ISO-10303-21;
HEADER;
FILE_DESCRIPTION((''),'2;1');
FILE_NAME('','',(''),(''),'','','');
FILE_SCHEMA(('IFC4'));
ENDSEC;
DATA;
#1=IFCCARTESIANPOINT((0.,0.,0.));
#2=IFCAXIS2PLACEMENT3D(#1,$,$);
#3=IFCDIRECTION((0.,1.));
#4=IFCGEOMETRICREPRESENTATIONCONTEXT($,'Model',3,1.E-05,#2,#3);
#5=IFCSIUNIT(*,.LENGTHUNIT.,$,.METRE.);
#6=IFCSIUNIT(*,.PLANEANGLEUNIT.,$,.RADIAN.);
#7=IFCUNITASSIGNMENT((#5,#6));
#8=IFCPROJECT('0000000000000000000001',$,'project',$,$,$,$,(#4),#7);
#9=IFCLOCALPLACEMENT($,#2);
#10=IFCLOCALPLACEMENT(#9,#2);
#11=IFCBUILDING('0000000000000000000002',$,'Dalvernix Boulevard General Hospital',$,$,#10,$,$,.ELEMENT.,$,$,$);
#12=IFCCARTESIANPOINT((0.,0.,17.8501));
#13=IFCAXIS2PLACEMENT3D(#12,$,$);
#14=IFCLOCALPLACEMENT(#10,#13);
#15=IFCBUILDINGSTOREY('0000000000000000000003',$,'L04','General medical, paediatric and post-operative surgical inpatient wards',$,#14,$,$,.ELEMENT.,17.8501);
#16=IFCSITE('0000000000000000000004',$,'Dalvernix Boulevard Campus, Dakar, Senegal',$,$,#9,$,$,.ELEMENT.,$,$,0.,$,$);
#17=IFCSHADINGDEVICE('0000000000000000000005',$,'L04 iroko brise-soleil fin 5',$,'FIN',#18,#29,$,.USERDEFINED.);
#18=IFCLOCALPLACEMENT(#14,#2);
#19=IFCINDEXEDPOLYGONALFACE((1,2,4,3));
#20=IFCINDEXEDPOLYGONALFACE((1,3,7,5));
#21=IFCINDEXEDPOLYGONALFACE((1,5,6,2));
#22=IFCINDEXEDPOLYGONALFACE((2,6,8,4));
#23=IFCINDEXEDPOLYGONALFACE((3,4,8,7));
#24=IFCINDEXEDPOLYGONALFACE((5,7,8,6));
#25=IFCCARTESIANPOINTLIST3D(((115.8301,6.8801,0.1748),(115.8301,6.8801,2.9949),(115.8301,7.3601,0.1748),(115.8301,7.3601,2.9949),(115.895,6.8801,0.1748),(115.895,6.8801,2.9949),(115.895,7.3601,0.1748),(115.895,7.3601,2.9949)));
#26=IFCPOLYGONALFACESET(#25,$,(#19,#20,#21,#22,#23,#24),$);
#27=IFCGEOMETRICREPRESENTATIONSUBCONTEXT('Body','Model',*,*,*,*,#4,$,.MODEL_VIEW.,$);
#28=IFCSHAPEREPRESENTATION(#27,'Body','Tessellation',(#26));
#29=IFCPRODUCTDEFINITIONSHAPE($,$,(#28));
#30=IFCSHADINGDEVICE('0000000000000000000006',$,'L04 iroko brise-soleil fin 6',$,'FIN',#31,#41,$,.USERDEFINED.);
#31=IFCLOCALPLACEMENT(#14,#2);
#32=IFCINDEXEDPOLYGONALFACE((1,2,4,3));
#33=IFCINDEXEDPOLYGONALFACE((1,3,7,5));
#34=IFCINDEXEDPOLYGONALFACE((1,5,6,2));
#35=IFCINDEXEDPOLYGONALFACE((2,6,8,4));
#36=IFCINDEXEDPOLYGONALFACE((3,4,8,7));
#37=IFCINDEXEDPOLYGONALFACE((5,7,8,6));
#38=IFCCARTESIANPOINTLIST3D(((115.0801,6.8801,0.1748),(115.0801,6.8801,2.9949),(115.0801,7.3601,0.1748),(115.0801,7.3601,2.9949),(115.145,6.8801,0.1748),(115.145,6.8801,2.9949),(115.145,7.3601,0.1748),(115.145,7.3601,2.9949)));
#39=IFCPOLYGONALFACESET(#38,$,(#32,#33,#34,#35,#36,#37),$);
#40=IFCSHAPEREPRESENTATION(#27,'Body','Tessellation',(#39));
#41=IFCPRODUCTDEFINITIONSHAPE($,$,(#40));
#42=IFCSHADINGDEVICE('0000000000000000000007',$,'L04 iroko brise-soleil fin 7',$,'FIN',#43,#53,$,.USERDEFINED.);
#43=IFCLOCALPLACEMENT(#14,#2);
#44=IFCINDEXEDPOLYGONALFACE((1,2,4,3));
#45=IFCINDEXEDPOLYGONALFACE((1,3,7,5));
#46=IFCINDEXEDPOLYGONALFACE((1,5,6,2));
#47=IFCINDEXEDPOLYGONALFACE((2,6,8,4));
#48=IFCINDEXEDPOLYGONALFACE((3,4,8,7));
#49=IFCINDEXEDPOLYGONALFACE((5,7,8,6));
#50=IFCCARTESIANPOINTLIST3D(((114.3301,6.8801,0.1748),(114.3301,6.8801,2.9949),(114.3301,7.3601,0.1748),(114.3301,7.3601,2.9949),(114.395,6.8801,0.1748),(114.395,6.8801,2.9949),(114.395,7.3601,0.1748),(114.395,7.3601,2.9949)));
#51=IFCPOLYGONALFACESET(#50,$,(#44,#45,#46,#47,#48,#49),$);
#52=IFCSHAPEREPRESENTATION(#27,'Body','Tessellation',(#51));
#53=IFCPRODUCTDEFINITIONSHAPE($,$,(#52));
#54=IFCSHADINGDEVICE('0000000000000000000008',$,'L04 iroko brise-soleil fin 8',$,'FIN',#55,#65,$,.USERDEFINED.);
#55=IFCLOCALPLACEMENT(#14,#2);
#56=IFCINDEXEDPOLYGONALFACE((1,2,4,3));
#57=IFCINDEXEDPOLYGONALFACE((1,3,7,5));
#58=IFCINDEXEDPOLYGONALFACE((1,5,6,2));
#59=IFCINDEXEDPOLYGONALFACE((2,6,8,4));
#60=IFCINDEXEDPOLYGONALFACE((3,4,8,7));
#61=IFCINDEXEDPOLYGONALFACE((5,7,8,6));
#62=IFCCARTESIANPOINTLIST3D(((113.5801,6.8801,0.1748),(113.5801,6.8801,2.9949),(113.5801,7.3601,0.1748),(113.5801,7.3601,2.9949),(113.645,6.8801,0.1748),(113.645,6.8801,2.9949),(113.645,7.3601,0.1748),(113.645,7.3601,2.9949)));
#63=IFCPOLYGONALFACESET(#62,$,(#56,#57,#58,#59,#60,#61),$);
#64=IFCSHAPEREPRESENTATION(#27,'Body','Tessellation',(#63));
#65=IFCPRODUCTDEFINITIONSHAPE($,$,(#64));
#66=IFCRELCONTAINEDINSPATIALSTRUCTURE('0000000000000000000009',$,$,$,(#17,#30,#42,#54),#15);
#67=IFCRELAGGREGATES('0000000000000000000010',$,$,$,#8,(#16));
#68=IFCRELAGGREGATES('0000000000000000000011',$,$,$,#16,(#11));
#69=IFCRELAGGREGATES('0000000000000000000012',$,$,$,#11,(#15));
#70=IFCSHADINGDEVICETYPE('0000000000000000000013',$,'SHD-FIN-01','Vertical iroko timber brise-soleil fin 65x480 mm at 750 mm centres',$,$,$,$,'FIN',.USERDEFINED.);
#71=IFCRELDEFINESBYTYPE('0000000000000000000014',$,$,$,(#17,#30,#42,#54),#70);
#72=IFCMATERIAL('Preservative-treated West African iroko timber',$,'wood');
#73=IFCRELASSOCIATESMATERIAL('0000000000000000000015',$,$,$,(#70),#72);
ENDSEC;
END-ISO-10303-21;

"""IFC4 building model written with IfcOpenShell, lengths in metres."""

from ifc_helpers import new_model, si_unit, direction, frame, origin, origin_2d, place, context, subcontext, project, spatial, rectangle, extrude, material, type_object, element, save


model = new_model("IFC4")

# Units and contexts
model_context = context("Model", 3, precision=1e-05, world=origin(), true_north=direction((0.0, 1.0)))
body_context = subcontext(model_context, "Body", "Model", "MODEL_VIEW")
ifc_project = project(units=[si_unit("LENGTHUNIT", "METRE"), si_unit("PLANEANGLEUNIT", "RADIAN")], contexts=[model_context])

# Site, building, storey
site_placement = place(None, origin())
site = spatial("IfcSite", under=ifc_project, at=site_placement, Name="Dalvernix Boulevard Campus, Dakar, Senegal", CompositionType="ELEMENT", RefElevation=0.0)
building_placement = place(site_placement, origin())
building = spatial("IfcBuilding", under=site, at=building_placement, Name="Dalvernix Boulevard General Hospital", CompositionType="ELEMENT")
storey_placement = place(building_placement, frame((0.0, 0.0, 17.8501)))
storey = spatial("IfcBuildingStorey", under=building, at=storey_placement, Name="L04", Description="General medical, paediatric and post-operative surgical inpatient wards", CompositionType="ELEMENT", Elevation=17.8501)

# Shading devices
ifc_material_1 = material(Name="Preservative-treated West African iroko timber", Category="wood")
shading_device_type = type_object("IfcShadingDeviceType", Name="SHD-FIN-01", Description="Vertical iroko timber brise-soleil fin 65x480 mm at 750 mm centres", ElementType="FIN", PredefinedType="USERDEFINED", material=ifc_material_1)
for number, where, z_axis, x_axis, name in (
    (1, (115.8625, 7.1201, 0.1748), (0.0, 0.0, 1.0), (-1.0, 0.0, 0.0), "L04 iroko brise-soleil fin 5"),
    (2, (115.1125, 7.1201, 0.1748), (0.0, 0.0, 1.0), (-1.0, 0.0, 0.0), "L04 iroko brise-soleil fin 6"),
    (3, (114.3625, 7.1201, 0.1748), (0.0, 0.0, 1.0), (-1.0, 0.0, 0.0), "L04 iroko brise-soleil fin 7"),
    (4, (113.6125, 7.1201, 0.1748), (0.0, 0.0, 1.0), (-1.0, 0.0, 0.0), "L04 iroko brise-soleil fin 8"),
):
    element("IfcShadingDevice", number, at=place(storey_placement, frame(where, z_axis=z_axis, x_axis=x_axis)), inside=storey, type_object=shading_device_type, Name=name, ObjectType="FIN", PredefinedType="USERDEFINED", context=body_context, shape_type="SweptSolid", body=[
        extrude(rectangle(XDim=0.0649, YDim=0.48, at=origin_2d()), origin(), (0.0, 0.0, 1.0), 2.8201),
    ])

save(model, "model.ifc")
